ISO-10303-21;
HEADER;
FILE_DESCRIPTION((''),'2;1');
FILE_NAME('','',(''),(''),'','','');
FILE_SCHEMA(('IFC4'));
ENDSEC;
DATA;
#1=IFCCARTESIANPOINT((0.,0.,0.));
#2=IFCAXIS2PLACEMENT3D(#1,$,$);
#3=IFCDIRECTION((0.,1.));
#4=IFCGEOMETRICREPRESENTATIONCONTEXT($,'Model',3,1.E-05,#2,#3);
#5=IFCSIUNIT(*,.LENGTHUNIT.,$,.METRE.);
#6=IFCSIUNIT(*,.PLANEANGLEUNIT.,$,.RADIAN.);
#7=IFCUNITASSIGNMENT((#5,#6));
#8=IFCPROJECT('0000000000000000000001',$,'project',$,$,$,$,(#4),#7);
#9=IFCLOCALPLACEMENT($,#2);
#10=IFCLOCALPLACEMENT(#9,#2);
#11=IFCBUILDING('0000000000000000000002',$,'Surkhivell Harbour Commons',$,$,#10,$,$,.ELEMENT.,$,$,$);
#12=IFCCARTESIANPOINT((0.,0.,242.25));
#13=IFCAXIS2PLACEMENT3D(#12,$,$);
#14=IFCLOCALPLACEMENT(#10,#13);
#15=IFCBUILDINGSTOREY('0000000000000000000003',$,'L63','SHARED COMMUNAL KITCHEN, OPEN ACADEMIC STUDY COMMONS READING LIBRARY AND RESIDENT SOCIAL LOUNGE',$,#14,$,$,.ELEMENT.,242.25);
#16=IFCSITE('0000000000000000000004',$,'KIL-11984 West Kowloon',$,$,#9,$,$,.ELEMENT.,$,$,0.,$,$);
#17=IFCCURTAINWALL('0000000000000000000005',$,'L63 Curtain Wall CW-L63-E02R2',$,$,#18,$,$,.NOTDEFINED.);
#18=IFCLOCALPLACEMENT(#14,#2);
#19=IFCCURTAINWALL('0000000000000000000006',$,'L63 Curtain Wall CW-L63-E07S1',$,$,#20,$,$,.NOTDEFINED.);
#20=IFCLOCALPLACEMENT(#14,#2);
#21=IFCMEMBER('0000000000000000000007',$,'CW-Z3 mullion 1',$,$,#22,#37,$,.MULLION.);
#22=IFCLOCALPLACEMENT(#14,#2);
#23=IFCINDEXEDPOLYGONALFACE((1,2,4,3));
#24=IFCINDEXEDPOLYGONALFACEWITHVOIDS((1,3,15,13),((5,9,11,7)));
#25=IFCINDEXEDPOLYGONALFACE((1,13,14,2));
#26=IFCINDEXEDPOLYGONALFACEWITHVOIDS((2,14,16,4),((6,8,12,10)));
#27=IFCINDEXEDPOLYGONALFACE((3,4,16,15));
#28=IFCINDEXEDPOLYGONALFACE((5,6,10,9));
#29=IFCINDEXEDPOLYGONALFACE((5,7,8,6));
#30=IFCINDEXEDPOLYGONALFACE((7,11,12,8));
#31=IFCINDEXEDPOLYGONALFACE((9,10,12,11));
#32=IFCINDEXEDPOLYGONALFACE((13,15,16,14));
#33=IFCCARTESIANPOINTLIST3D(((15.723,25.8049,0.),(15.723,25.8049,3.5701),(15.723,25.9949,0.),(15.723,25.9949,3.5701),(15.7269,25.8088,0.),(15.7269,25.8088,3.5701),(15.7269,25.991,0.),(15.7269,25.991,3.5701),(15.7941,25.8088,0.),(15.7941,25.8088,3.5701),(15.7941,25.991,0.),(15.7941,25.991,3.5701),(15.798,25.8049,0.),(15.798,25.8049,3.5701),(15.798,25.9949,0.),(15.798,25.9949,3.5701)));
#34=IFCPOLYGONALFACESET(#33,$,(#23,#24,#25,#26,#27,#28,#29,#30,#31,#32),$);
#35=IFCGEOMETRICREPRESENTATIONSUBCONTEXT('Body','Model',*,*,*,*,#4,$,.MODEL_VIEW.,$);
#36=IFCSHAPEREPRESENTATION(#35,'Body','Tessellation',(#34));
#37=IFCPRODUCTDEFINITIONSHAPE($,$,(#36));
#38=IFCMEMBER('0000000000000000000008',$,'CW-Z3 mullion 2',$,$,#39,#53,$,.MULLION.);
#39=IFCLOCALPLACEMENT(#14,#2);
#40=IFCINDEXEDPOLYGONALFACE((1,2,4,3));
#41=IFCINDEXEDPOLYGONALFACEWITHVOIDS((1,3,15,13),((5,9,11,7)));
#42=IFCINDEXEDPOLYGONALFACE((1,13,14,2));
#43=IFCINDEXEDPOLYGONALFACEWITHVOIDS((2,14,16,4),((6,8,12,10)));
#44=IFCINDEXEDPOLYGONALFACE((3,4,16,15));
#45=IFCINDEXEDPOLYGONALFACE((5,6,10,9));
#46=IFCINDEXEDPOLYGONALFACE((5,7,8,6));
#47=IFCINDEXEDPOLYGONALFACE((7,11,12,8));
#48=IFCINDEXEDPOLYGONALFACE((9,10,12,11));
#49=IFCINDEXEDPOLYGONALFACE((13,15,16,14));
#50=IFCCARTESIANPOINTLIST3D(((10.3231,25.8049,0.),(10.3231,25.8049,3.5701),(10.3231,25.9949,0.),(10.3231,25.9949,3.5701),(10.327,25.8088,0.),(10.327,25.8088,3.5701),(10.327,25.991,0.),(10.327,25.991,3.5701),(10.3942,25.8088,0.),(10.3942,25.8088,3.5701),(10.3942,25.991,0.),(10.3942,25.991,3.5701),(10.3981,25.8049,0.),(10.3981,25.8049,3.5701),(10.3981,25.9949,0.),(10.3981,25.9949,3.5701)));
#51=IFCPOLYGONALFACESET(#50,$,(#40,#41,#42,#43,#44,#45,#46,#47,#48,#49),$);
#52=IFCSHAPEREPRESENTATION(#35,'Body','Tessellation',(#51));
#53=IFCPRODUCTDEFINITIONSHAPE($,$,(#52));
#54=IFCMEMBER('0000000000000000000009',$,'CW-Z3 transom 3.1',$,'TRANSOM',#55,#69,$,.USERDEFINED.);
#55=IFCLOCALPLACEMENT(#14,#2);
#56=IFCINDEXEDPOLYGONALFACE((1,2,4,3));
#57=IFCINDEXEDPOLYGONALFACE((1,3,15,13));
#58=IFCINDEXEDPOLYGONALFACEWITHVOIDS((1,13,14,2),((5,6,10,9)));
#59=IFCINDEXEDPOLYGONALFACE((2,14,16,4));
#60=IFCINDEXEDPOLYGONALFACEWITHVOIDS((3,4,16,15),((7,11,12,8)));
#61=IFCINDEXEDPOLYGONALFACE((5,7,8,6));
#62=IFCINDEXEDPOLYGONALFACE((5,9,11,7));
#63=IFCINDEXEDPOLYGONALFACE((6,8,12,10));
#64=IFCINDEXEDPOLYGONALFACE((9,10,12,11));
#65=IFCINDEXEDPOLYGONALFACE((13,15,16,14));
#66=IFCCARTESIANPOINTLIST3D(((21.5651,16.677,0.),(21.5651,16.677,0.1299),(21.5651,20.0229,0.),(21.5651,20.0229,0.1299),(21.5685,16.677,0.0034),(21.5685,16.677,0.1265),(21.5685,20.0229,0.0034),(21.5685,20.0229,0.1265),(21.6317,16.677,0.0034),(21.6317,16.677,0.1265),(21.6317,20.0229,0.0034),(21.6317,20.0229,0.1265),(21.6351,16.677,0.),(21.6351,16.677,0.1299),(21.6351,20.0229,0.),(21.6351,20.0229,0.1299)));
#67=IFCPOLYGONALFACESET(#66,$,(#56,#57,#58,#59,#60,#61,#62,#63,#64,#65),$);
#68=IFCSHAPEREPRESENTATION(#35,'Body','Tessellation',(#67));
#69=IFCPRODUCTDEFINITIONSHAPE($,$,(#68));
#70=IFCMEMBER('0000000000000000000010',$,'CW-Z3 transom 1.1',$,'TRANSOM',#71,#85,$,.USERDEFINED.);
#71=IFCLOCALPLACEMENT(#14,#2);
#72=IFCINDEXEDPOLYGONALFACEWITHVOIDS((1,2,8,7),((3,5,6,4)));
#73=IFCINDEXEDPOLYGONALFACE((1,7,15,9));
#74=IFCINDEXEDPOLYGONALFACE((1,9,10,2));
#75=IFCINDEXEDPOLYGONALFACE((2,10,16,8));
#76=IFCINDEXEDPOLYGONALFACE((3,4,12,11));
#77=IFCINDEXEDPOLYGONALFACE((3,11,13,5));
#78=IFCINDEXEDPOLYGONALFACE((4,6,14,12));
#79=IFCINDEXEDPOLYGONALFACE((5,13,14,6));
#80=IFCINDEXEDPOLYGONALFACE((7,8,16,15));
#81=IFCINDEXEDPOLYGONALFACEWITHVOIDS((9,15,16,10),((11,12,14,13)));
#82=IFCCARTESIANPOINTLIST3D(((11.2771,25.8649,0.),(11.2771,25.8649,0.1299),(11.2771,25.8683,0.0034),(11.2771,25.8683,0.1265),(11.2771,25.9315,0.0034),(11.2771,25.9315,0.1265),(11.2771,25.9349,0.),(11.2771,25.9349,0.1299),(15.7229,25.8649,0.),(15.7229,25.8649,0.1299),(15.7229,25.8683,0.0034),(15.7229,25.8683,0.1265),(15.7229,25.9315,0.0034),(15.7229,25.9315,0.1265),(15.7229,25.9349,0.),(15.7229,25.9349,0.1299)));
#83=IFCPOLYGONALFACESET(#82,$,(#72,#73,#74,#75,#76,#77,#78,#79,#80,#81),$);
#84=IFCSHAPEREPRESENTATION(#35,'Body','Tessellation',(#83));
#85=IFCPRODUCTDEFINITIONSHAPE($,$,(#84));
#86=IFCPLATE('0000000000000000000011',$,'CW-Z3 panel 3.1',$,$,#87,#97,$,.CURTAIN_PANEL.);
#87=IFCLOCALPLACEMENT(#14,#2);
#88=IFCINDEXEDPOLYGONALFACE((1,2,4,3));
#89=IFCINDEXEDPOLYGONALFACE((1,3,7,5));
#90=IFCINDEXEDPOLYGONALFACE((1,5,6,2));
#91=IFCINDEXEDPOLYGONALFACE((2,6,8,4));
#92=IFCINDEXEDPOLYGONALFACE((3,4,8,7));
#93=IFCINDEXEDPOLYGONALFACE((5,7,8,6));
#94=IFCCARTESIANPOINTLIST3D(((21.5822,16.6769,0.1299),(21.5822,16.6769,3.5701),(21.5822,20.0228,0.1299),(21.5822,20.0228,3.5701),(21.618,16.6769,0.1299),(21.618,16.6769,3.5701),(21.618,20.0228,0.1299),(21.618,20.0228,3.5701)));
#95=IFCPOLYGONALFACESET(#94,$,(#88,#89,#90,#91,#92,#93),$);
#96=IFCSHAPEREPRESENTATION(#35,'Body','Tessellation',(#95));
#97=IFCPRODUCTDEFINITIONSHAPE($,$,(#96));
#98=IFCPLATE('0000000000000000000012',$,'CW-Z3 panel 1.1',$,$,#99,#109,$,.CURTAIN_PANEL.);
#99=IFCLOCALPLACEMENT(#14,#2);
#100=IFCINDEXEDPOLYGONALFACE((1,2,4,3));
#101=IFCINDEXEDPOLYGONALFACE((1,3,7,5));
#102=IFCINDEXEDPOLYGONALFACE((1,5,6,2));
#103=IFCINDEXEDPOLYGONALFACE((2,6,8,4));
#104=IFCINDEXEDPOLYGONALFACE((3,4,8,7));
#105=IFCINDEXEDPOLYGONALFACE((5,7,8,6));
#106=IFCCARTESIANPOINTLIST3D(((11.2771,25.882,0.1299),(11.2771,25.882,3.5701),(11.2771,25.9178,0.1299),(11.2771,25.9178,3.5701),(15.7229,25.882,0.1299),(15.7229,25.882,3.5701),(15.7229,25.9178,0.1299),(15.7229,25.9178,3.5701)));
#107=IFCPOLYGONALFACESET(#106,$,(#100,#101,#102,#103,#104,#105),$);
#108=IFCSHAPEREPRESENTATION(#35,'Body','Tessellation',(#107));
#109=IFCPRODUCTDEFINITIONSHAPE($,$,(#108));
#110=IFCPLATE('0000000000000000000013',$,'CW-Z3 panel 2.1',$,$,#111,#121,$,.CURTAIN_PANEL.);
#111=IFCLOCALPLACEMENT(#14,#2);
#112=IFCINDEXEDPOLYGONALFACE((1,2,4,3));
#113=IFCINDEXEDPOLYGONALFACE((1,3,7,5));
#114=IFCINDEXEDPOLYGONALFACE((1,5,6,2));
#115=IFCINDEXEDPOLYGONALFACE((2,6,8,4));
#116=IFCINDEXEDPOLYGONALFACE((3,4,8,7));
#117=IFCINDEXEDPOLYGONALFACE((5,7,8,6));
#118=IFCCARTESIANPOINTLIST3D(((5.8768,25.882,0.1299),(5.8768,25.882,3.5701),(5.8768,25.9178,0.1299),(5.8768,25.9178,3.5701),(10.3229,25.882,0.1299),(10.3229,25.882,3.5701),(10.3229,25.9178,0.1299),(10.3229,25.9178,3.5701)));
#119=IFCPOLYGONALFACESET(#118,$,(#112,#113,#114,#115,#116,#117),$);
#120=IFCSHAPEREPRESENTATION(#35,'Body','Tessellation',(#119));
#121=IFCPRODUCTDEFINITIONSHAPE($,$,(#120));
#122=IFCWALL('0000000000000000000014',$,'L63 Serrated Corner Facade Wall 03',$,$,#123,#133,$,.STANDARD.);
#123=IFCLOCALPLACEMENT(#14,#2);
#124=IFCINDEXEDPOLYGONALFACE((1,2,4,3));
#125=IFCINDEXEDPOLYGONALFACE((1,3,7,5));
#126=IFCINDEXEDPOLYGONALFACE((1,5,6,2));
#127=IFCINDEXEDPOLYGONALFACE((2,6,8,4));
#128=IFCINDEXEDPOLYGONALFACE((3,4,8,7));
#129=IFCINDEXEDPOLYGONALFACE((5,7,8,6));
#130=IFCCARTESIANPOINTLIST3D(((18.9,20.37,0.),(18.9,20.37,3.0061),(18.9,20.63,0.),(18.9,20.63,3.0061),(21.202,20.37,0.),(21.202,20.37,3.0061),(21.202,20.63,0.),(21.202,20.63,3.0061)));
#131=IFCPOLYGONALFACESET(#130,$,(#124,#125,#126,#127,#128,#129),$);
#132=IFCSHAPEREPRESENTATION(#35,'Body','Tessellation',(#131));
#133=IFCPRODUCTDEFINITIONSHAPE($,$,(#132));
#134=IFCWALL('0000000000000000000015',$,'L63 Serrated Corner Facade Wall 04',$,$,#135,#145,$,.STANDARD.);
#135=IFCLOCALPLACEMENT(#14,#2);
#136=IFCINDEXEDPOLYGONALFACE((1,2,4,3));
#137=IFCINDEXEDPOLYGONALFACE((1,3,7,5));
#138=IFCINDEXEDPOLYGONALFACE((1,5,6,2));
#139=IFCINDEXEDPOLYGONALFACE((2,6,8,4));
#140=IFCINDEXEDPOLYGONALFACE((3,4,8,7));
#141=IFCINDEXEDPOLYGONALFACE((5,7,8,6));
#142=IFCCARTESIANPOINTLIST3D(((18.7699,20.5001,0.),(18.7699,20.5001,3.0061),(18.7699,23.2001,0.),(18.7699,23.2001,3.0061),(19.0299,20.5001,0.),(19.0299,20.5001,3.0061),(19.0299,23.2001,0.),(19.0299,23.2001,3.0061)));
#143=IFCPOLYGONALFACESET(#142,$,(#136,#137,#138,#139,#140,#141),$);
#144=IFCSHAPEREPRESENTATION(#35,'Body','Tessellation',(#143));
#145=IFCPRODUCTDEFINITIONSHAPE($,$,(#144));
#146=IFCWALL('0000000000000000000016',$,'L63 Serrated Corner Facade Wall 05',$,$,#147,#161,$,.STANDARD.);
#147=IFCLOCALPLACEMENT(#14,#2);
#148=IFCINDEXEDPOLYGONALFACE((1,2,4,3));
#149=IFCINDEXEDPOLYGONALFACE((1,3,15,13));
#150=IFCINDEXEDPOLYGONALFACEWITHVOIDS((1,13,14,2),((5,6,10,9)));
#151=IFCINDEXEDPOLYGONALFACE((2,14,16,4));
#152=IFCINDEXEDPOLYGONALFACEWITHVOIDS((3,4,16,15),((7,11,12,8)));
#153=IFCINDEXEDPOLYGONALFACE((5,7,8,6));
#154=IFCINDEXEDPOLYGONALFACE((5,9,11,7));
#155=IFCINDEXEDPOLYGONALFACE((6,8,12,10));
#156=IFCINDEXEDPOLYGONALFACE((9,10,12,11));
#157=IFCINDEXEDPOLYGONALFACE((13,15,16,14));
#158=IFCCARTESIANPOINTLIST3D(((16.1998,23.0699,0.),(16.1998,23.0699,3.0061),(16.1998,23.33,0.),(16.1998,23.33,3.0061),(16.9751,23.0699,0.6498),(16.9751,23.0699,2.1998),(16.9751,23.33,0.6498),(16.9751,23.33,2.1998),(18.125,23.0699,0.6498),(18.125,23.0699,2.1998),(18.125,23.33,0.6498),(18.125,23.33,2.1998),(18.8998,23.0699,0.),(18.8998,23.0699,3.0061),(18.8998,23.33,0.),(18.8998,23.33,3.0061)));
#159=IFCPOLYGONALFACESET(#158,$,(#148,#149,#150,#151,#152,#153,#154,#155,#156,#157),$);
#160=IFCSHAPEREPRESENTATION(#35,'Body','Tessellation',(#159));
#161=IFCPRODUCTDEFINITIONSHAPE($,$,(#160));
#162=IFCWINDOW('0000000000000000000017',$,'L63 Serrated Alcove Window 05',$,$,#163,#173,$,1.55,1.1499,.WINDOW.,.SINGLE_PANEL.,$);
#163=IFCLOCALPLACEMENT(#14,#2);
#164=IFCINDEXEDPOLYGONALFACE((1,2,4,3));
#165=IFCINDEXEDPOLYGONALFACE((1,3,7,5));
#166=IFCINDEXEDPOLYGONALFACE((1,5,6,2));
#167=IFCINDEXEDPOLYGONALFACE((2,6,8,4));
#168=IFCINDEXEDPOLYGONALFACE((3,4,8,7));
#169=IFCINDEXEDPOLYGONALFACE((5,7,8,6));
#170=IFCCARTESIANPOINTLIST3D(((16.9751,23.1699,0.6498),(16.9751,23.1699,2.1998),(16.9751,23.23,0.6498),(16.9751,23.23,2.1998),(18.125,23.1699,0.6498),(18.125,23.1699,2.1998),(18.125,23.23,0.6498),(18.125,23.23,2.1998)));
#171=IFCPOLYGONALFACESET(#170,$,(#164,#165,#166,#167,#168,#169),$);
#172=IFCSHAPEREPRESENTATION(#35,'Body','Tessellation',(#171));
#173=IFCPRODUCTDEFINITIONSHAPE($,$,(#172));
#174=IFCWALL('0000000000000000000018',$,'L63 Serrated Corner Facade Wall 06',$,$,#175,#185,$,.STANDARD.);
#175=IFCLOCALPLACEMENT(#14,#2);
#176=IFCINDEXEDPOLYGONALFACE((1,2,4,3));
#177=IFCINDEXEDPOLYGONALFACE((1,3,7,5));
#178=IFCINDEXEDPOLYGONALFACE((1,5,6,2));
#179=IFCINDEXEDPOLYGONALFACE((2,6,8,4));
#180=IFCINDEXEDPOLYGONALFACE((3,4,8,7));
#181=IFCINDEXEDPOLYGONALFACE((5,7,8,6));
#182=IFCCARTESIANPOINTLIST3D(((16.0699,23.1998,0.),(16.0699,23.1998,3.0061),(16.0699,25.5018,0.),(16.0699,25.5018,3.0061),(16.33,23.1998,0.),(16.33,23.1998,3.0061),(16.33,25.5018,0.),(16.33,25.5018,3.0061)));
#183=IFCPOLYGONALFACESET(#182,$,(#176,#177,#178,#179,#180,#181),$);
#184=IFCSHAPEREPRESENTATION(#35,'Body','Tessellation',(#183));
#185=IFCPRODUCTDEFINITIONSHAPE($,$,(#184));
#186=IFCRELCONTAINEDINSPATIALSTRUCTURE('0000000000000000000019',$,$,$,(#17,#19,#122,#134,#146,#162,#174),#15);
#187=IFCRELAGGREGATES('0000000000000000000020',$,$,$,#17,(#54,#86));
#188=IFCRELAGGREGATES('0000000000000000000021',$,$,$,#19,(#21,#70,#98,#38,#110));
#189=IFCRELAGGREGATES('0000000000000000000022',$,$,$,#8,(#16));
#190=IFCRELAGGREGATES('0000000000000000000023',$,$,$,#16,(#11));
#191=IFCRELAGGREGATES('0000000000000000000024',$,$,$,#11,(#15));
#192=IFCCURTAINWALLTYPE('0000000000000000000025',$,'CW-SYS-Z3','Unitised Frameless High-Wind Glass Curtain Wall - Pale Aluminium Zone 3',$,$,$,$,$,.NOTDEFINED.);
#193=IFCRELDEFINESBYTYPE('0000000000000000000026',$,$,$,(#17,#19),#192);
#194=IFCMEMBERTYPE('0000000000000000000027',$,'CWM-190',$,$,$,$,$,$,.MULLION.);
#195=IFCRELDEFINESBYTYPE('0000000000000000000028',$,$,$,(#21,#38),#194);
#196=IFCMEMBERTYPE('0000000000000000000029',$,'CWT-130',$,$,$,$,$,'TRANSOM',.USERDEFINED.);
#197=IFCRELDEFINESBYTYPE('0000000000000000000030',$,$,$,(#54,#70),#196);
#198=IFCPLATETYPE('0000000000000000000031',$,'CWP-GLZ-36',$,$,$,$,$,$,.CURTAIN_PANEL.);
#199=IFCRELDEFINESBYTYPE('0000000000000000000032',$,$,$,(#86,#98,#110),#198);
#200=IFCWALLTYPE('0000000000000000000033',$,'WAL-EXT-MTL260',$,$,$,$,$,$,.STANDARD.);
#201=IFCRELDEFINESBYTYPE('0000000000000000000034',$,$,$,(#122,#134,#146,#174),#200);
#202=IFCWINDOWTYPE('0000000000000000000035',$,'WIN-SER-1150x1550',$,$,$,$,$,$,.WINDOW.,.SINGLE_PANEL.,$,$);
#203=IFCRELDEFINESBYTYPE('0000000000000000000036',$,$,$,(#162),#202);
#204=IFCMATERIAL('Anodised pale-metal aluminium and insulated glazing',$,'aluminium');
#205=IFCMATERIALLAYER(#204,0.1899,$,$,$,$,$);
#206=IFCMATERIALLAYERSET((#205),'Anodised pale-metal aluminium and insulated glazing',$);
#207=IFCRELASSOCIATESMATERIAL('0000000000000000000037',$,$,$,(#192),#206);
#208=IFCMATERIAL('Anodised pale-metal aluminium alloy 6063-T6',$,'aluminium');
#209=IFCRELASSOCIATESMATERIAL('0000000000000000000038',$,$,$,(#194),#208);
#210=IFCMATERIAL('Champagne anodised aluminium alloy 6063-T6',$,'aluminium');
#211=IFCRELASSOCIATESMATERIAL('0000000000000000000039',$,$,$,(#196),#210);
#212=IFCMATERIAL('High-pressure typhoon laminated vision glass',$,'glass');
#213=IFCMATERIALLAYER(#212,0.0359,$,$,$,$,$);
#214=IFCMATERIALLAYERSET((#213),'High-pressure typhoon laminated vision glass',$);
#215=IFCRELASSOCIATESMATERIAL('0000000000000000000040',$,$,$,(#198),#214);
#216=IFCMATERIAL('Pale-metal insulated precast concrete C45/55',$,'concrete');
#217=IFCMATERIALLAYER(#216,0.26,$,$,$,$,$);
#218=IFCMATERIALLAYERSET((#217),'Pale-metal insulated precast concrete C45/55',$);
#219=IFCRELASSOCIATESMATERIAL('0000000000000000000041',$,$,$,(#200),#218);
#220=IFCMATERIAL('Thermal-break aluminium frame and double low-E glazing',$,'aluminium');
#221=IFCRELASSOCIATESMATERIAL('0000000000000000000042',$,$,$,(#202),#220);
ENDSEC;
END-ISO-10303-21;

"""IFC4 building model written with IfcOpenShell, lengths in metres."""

from ifc_helpers import new_model, si_unit, direction, frame, frame_2d, origin, origin_2d, place, context, subcontext, project, spatial, rectangle, hollow_rectangle, extrude, material, layer, layer_set, material_profile, profile_set, type_object, element, fill, aggregate, save


model = new_model("IFC4")

# Units and contexts
model_context = context("Model", 3, precision=1e-05, world=origin(), true_north=direction((0.0, 1.0)))
body_context = subcontext(model_context, "Body", "Model", "MODEL_VIEW")
ifc_project = project(units=[si_unit("LENGTHUNIT", "METRE"), si_unit("PLANEANGLEUNIT", "RADIAN")], contexts=[model_context])

# Site, building, storey
site_placement = place(None, origin())
site = spatial("IfcSite", under=ifc_project, at=site_placement, Name="KIL-11984 West Kowloon", CompositionType="ELEMENT", RefElevation=0.0)
building_placement = place(site_placement, origin())
building = spatial("IfcBuilding", under=site, at=building_placement, Name="Surkhivell Harbour Commons", CompositionType="ELEMENT")
storey_placement = place(building_placement, frame((0.0, 0.0, 242.25)))
storey = spatial("IfcBuildingStorey", under=building, at=storey_placement, Name="L63", Description="SHARED COMMUNAL KITCHEN, OPEN ACADEMIC STUDY COMMONS READING LIBRARY AND RESIDENT SOCIAL LOUNGE", CompositionType="ELEMENT", Elevation=242.25)

# Curtain walls, members
ifc_material_1 = material(Name="Anodised pale-metal aluminium and insulated glazing", Category="aluminium")
ifc_layer_1 = layer(ifc_material_1, 0.1899)
ifc_layer_set_1 = layer_set([ifc_layer_1], Name="Anodised pale-metal aluminium and insulated glazing")
curtain_wall_type = type_object("IfcCurtainWallType", Name="CW-SYS-Z3", Description="Unitised Frameless High-Wind Glass Curtain Wall - Pale Aluminium Zone 3", PredefinedType="NOTDEFINED", material=ifc_layer_set_1)
curtain_wall_1_placement = place(storey_placement, origin())
curtain_wall_1 = element("IfcCurtainWall", 1, at=curtain_wall_1_placement, inside=storey, type_object=curtain_wall_type, Name="L63 Curtain Wall CW-L63-E02R2", PredefinedType="NOTDEFINED")
ifc_material_2 = material(Name="Anodised pale-metal aluminium alloy 6063-T6", Category="aluminium")
ifc_material_profile_1 = material_profile(ifc_material_2, hollow_rectangle(XDim=0.075, YDim=0.1899, WallThickness=0.0039, at=origin_2d()), Name="ALU-MULL-75x190")
ifc_profile_set_1 = profile_set([ifc_material_profile_1], Name="Anodised pale-metal aluminium alloy 6063-T6")
member_type_1 = type_object("IfcMemberType", Name="CWM-190", PredefinedType="MULLION", material=ifc_profile_set_1)
curtain_wall_2_placement = place(storey_placement, origin())
curtain_wall_2 = element("IfcCurtainWall", 2, at=curtain_wall_2_placement, inside=storey, type_object=curtain_wall_type, Name="L63 Curtain Wall CW-L63-E07S1", PredefinedType="NOTDEFINED")
member_1_placement = place(storey_placement, frame((15.7605, 25.8999, 0.0), z_axis=(0.0, 0.0, 1.0), x_axis=(-1.0, 0.0, 0.0)))
member_1 = element("IfcMember", 3, at=member_1_placement, type_object=member_type_1, Name="CW-Z3 mullion 1", PredefinedType="MULLION", context=body_context, shape_type="SweptSolid", body=[
    extrude(hollow_rectangle(XDim=0.075, YDim=0.1899, WallThickness=0.0039, at=origin_2d()), origin(), (0.0, 0.0, 1.0), 3.5701),
])
member_2_placement = place(storey_placement, frame((10.3606, 25.8999, 0.0), z_axis=(0.0, 0.0, 1.0), x_axis=(-1.0, 0.0, 0.0)))
member_2 = element("IfcMember", 4, at=member_2_placement, type_object=member_type_1, Name="CW-Z3 mullion 2", PredefinedType="MULLION", context=body_context, shape_type="SweptSolid", body=[
    extrude(hollow_rectangle(XDim=0.075, YDim=0.1899, WallThickness=0.0039, at=origin_2d()), origin(), (0.0, 0.0, 1.0), 3.5701),
])

# Members
ifc_material_3 = material(Name="Champagne anodised aluminium alloy 6063-T6", Category="aluminium")
ifc_material_profile_2 = material_profile(ifc_material_3, hollow_rectangle(XDim=0.0701, YDim=0.1299, WallThickness=0.0034, at=origin_2d()), Name="ALU-TRAN-70x130")
ifc_profile_set_2 = profile_set([ifc_material_profile_2], Name="Champagne anodised aluminium alloy 6063-T6")
member_type_2 = type_object("IfcMemberType", Name="CWT-130", ElementType="TRANSOM", PredefinedType="USERDEFINED", material=ifc_profile_set_2)
member_3_placement = place(storey_placement, frame((21.6001, 16.677, 0.0649), z_axis=(0.0, 1.0, 0.0), x_axis=(-1.0, 0.0, 0.0)))
member_3 = element("IfcMember", 5, at=member_3_placement, type_object=member_type_2, Name="CW-Z3 transom 3.1", ObjectType="TRANSOM", PredefinedType="USERDEFINED", context=body_context, shape_type="SweptSolid", body=[
    extrude(hollow_rectangle(XDim=0.0701, YDim=0.1299, WallThickness=0.0034, at=origin_2d()), origin(), (0.0, 0.0, 1.0), 3.3459),
])
member_4_placement = place(storey_placement, frame((15.7229, 25.8999, 0.0649), z_axis=(-1.0, 0.0, 0.0), x_axis=(0.0, -1.0, 0.0)))
member_4 = element("IfcMember", 6, at=member_4_placement, type_object=member_type_2, Name="CW-Z3 transom 1.1", ObjectType="TRANSOM", PredefinedType="USERDEFINED", context=body_context, shape_type="SweptSolid", body=[
    extrude(hollow_rectangle(XDim=0.0701, YDim=0.1299, WallThickness=0.0034, at=origin_2d()), origin(), (0.0, 0.0, 1.0), 4.4458),
])

# Plates
ifc_material_4 = material(Name="High-pressure typhoon laminated vision glass", Category="glass")
ifc_layer_2 = layer(ifc_material_4, 0.0359)
ifc_layer_set_2 = layer_set([ifc_layer_2], Name="High-pressure typhoon laminated vision glass")
plate_type = type_object("IfcPlateType", Name="CWP-GLZ-36", PredefinedType="CURTAIN_PANEL", material=ifc_layer_set_2)
plate_1_placement = place(storey_placement, frame((21.6001, 16.677, 0.1299), z_axis=(0.0, 0.0, 1.0), x_axis=(0.0, 1.0, 0.0)))
plate_1 = element("IfcPlate", 7, at=plate_1_placement, type_object=plate_type, Name="CW-Z3 panel 3.1", PredefinedType="CURTAIN_PANEL", context=body_context, shape_type="SweptSolid", body=[
    extrude(rectangle(XDim=3.3459, YDim=0.0359, at=frame_2d((1.6729, 0.0))), origin(), (0.0, 0.0, 1.0), 3.4402),
])
aggregate(curtain_wall_1, [member_3, plate_1])
plate_2_placement = place(storey_placement, frame((15.7229, 25.8999, 0.1299), z_axis=(0.0, 0.0, 1.0), x_axis=(-1.0, 0.0, 0.0)))
plate_2 = element("IfcPlate", 8, at=plate_2_placement, type_object=plate_type, Name="CW-Z3 panel 1.1", PredefinedType="CURTAIN_PANEL", context=body_context, shape_type="SweptSolid", body=[
    extrude(rectangle(XDim=4.4458, YDim=0.0359, at=frame_2d((2.2229, 0.0))), origin(), (0.0, 0.0, 1.0), 3.4402),
])
plate_3_placement = place(storey_placement, frame((10.323, 25.8999, 0.1299), z_axis=(0.0, 0.0, 1.0), x_axis=(-1.0, 0.0, 0.0)))
plate_3 = element("IfcPlate", 9, at=plate_3_placement, type_object=plate_type, Name="CW-Z3 panel 2.1", PredefinedType="CURTAIN_PANEL", context=body_context, shape_type="SweptSolid", body=[
    extrude(rectangle(XDim=4.446, YDim=0.0359, at=frame_2d((2.2231, 0.0))), origin(), (0.0, 0.0, 1.0), 3.4402),
])
aggregate(curtain_wall_2, [member_1, member_4, plate_2, member_2, plate_3])

# Walls
ifc_material_5 = material(Name="Pale-metal insulated precast concrete C45/55", Category="concrete")
ifc_layer_3 = layer(ifc_material_5, 0.26)
ifc_layer_set_3 = layer_set([ifc_layer_3], Name="Pale-metal insulated precast concrete C45/55")
wall_type_1 = type_object("IfcWallType", Name="WAL-EXT-MTL260", PredefinedType="STANDARD", material=ifc_layer_set_3)
wall_1_placement = place(storey_placement, frame((21.2019, 20.5, 0.0), z_axis=(0.0, 0.0, 1.0), x_axis=(-1.0, 0.0, 0.0)))
element("IfcWall", 10, at=wall_1_placement, inside=storey, type_object=wall_type_1, Name="L63 Serrated Corner Facade Wall 03", PredefinedType="STANDARD", context=body_context, shape_type="SweptSolid", body=[
    extrude(rectangle(XDim=2.302, YDim=0.26, at=frame_2d((1.1509, 0.0))), origin(), (0.0, 0.0, 1.0), 3.0061),
])
wall_2_placement = place(storey_placement, frame((18.8999, 20.5, 0.0), z_axis=(0.0, 0.0, 1.0), x_axis=(0.0, 1.0, 0.0)))
element("IfcWall", 11, at=wall_2_placement, inside=storey, type_object=wall_type_1, Name="L63 Serrated Corner Facade Wall 04", PredefinedType="STANDARD", context=body_context, shape_type="SweptSolid", body=[
    extrude(rectangle(XDim=2.7, YDim=0.26, at=frame_2d((1.3501, 0.0))), origin(), (0.0, 0.0, 1.0), 3.0061),
])

# Wall, opening, window
wall_3_placement = place(storey_placement, frame((18.8999, 23.2, 0.0), z_axis=(0.0, 0.0, 1.0), x_axis=(-1.0, 0.0, 0.0)))
wall_3 = element("IfcWall", 12, at=wall_3_placement, inside=storey, type_object=wall_type_1, Name="L63 Serrated Corner Facade Wall 05", PredefinedType="STANDARD", context=body_context, shape_type="SweptSolid", body=[
    extrude(rectangle(XDim=2.7, YDim=0.26, at=frame_2d((1.3501, 0.0))), origin(), (0.0, 0.0, 1.0), 3.0061),
])
opening_placement = place(wall_3_placement, frame((0.7749, 0.0, 0.6499)))
opening = element("IfcOpeningElement", 13, at=opening_placement, cuts=wall_3, PredefinedType="OPENING", context=body_context, shape_type="SweptSolid", body=[
    extrude(rectangle(XDim=1.1499, YDim=1.55, at=frame_2d((0.575, 0.7749))), frame((0.0, 0.1399, 0.0), z_axis=(0.0, -1.0, 0.0), x_axis=(1.0, 0.0, 0.0)), (0.0, 0.0, 1.0), 0.28),
])
ifc_material_6 = material(Name="Thermal-break aluminium frame and double low-E glazing", Category="aluminium")
window_type = type_object("IfcWindowType", Name="WIN-SER-1150x1550", PartitioningType="SINGLE_PANEL", PredefinedType="WINDOW", material=ifc_material_6)
window_placement = place(opening_placement, origin())
window = element("IfcWindow", 14, at=window_placement, inside=storey, type_object=window_type, Name="L63 Serrated Alcove Window 05", OverallHeight=1.55, OverallWidth=1.1499, PartitioningType="SINGLE_PANEL", PredefinedType="WINDOW", context=body_context, shape_type="SweptSolid", body=[
    extrude(rectangle(XDim=1.1499, YDim=1.55, at=frame_2d((0.575, 0.7749))), frame((0.0, 0.03, 0.0), z_axis=(0.0, -1.0, 0.0), x_axis=(1.0, 0.0, 0.0)), (0.0, 0.0, 1.0), 0.0601),
])
fill(opening, window)

# Wall
wall_4_placement = place(storey_placement, frame((16.2, 23.2, 0.0), z_axis=(0.0, 0.0, 1.0), x_axis=(0.0, 1.0, 0.0)))
element("IfcWall", 15, at=wall_4_placement, inside=storey, type_object=wall_type_1, Name="L63 Serrated Corner Facade Wall 06", PredefinedType="STANDARD", context=body_context, shape_type="SweptSolid", body=[
    extrude(rectangle(XDim=2.302, YDim=0.26, at=frame_2d((1.1509, 0.0))), origin(), (0.0, 0.0, 1.0), 3.0061),
])

save(model, "model.ifc")
